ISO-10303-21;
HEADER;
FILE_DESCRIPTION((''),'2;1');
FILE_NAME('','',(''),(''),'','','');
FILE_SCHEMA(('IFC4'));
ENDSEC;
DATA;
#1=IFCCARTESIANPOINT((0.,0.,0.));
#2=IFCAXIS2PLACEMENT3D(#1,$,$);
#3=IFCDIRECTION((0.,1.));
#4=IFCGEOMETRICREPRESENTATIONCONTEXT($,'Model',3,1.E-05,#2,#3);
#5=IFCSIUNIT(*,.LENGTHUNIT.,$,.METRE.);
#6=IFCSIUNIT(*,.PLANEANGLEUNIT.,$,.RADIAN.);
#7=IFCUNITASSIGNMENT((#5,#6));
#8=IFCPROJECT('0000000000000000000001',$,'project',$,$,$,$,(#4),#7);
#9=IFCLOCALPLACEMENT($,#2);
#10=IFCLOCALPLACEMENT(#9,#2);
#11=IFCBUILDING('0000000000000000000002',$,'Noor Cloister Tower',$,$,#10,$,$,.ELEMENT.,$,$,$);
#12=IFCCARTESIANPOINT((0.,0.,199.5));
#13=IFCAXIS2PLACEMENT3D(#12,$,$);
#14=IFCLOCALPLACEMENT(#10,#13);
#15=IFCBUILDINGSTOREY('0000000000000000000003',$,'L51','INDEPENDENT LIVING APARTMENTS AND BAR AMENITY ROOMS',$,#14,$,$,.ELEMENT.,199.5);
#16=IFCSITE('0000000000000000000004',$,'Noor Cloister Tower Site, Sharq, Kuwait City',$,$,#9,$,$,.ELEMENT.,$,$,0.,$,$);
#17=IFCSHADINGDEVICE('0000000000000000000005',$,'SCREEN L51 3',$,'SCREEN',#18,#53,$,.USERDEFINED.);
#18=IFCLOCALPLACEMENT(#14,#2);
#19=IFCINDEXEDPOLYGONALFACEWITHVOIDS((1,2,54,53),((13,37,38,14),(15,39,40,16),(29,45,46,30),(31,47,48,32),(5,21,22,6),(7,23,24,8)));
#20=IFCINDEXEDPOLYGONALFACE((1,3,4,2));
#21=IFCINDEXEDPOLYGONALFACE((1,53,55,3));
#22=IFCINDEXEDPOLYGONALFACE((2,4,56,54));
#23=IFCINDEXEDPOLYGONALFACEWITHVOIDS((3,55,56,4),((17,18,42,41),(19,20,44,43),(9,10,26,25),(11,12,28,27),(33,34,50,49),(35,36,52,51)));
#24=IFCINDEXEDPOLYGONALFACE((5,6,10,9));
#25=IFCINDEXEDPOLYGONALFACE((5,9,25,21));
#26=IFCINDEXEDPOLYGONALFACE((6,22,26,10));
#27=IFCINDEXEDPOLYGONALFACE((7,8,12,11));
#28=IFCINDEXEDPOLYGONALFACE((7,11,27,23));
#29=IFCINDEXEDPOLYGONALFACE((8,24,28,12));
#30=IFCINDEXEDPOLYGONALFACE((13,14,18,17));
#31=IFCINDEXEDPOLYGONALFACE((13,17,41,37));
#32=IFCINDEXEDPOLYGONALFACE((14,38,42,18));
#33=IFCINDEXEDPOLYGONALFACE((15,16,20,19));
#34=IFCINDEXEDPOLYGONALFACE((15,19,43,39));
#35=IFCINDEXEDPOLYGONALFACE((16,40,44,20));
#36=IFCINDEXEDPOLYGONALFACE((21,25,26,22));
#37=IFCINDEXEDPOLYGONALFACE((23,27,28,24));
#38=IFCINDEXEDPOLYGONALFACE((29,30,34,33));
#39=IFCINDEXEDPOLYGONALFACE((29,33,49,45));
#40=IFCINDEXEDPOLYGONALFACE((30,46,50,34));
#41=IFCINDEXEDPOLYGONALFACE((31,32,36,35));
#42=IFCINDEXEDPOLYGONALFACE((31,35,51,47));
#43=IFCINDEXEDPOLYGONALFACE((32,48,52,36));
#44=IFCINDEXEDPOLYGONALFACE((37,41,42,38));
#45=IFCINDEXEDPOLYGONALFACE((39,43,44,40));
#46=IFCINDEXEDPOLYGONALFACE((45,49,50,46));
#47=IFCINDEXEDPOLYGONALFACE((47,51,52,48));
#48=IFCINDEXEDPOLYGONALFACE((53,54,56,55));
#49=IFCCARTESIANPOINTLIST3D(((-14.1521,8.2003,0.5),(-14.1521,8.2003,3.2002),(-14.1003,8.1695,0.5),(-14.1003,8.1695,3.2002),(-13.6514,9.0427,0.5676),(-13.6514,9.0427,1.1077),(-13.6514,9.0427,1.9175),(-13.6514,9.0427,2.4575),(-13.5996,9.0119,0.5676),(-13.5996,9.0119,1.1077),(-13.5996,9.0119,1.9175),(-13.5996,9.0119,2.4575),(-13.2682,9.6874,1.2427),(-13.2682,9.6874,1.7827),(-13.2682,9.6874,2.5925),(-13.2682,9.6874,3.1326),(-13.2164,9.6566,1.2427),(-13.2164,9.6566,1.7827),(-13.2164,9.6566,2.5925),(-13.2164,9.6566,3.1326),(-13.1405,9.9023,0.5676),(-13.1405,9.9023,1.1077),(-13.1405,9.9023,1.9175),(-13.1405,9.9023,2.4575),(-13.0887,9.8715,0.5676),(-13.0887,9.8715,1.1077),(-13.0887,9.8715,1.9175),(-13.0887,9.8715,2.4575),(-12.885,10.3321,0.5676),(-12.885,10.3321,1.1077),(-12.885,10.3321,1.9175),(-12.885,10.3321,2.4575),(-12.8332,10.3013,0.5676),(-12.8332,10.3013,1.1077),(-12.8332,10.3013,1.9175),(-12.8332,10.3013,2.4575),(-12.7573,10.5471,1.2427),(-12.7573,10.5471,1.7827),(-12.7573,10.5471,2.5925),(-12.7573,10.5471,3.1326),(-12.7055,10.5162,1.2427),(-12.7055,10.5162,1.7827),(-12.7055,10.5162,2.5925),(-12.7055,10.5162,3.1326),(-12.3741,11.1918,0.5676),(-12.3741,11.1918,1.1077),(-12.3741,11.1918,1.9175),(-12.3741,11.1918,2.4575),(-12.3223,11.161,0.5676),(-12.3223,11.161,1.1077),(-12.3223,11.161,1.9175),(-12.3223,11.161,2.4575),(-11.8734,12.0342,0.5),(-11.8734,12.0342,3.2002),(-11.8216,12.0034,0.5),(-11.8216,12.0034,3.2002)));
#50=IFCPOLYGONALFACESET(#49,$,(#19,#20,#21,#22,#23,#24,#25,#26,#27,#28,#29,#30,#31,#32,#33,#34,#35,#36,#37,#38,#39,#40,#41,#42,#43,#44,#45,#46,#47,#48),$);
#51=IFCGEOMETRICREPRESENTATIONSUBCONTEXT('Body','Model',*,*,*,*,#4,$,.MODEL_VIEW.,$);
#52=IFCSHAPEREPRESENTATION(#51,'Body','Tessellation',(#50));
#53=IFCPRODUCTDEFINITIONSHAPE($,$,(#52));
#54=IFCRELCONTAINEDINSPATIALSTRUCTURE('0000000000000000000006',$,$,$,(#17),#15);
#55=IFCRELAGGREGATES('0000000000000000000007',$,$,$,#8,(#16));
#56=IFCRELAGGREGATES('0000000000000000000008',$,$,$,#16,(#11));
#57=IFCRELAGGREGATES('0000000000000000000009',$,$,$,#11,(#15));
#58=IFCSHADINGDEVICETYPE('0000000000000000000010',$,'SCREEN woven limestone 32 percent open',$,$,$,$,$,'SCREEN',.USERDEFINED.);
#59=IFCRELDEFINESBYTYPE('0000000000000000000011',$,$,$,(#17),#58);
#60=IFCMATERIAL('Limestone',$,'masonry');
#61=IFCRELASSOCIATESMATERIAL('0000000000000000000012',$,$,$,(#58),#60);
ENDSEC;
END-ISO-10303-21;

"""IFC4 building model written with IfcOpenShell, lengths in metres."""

from ifc_helpers import new_model, si_unit, direction, frame, origin, place, context, subcontext, project, spatial, polyline, outline, extrude, material, material_profile, profile_set, type_object, element, save


model = new_model("IFC4")

# Units and contexts
model_context = context("Model", 3, precision=1e-05, world=origin(), true_north=direction((0.0, 1.0)))
body_context = subcontext(model_context, "Body", "Model", "MODEL_VIEW")
ifc_project = project(units=[si_unit("LENGTHUNIT", "METRE"), si_unit("PLANEANGLEUNIT", "RADIAN")], contexts=[model_context])

# Site, building, storey
site_placement = place(None, origin())
site = spatial("IfcSite", under=ifc_project, at=site_placement, Name="Noor Cloister Tower Site, Sharq, Kuwait City", CompositionType="ELEMENT", RefElevation=0.0)
building_placement = place(site_placement, origin())
building = spatial("IfcBuilding", under=site, at=building_placement, Name="Noor Cloister Tower", CompositionType="ELEMENT")
storey_placement = place(building_placement, frame((0.0, 0.0, 199.5)))
storey = spatial("IfcBuildingStorey", under=building, at=storey_placement, Name="L51", Description="INDEPENDENT LIVING APARTMENTS AND BAR AMENITY ROOMS", CompositionType="ELEMENT", Elevation=199.5)

# Shading device
ifc_material_1 = material(Name="Limestone", Category="masonry")
ifc_material_profile_1 = material_profile(ifc_material_1, outline(polyline([(-2.23, -1.3501), (2.23, -1.3501), (2.23, 1.3501), (-2.23, 1.3501), (-2.23, -1.3501)]), holes=[polyline([(-1.25, -1.2825), (-0.25, -1.2825), (-0.25, -0.7424), (-1.25, -0.7424), (-1.25, -1.2825)]), polyline([(0.25, -1.2825), (1.25, -1.2825), (1.25, -0.7424), (0.25, -0.7424), (0.25, -1.2825)]), polyline([(-0.5, -0.6074), (0.5, -0.6074), (0.5, -0.0674), (-0.5, -0.0674), (-0.5, -0.6074)]), polyline([(-1.25, 0.0674), (-0.25, 0.0674), (-0.25, 0.6074), (-1.25, 0.6074), (-1.25, 0.0674)]), polyline([(0.25, 0.0674), (1.25, 0.0674), (1.25, 0.6074), (0.25, 0.6074), (0.25, 0.0674)]), polyline([(-0.5, 0.7424), (0.5, 0.7424), (0.5, 1.2825), (-0.5, 1.2825), (-0.5, 0.7424)])]), Name="Woven screen 32 percent open")
ifc_profile_set_1 = profile_set([ifc_material_profile_1], Name="Limestone")
shading_device_type = type_object("IfcShadingDeviceType", Name="SCREEN woven limestone 32 percent open", ElementType="SCREEN", PredefinedType="USERDEFINED", material=ifc_profile_set_1)
shading_device_placement = place(storey_placement, frame((-12.9609, 10.0864, 1.8501), z_axis=(-0.859632, 0.510913, 0.0), x_axis=(-0.510913, -0.859632, 0.0)))
element("IfcShadingDevice", 1, at=shading_device_placement, inside=storey, type_object=shading_device_type, Name="SCREEN L51 3", ObjectType="SCREEN", PredefinedType="USERDEFINED", context=body_context, shape_type="SweptSolid", body=[
    extrude(outline(polyline([(-2.23, -1.3501), (2.23, -1.3501), (2.23, 1.3501), (-2.23, 1.3501), (-2.23, -1.3501)]), holes=[polyline([(-1.25, -1.2825), (-0.25, -1.2825), (-0.25, -0.7424), (-1.25, -0.7424), (-1.25, -1.2825)]), polyline([(0.25, -1.2825), (1.25, -1.2825), (1.25, -0.7424), (0.25, -0.7424), (0.25, -1.2825)]), polyline([(-0.5, -0.6074), (0.5, -0.6074), (0.5, -0.0674), (-0.5, -0.0674), (-0.5, -0.6074)]), polyline([(-1.25, 0.0674), (-0.25, 0.0674), (-0.25, 0.6074), (-1.25, 0.6074), (-1.25, 0.0674)]), polyline([(0.25, 0.0674), (1.25, 0.0674), (1.25, 0.6074), (0.25, 0.6074), (0.25, 0.0674)]), polyline([(-0.5, 0.7424), (0.5, 0.7424), (0.5, 1.2825), (-0.5, 1.2825), (-0.5, 0.7424)])]), origin(), (0.0, 0.0, 1.0), 0.0603),
])

save(model, "model.ifc")
